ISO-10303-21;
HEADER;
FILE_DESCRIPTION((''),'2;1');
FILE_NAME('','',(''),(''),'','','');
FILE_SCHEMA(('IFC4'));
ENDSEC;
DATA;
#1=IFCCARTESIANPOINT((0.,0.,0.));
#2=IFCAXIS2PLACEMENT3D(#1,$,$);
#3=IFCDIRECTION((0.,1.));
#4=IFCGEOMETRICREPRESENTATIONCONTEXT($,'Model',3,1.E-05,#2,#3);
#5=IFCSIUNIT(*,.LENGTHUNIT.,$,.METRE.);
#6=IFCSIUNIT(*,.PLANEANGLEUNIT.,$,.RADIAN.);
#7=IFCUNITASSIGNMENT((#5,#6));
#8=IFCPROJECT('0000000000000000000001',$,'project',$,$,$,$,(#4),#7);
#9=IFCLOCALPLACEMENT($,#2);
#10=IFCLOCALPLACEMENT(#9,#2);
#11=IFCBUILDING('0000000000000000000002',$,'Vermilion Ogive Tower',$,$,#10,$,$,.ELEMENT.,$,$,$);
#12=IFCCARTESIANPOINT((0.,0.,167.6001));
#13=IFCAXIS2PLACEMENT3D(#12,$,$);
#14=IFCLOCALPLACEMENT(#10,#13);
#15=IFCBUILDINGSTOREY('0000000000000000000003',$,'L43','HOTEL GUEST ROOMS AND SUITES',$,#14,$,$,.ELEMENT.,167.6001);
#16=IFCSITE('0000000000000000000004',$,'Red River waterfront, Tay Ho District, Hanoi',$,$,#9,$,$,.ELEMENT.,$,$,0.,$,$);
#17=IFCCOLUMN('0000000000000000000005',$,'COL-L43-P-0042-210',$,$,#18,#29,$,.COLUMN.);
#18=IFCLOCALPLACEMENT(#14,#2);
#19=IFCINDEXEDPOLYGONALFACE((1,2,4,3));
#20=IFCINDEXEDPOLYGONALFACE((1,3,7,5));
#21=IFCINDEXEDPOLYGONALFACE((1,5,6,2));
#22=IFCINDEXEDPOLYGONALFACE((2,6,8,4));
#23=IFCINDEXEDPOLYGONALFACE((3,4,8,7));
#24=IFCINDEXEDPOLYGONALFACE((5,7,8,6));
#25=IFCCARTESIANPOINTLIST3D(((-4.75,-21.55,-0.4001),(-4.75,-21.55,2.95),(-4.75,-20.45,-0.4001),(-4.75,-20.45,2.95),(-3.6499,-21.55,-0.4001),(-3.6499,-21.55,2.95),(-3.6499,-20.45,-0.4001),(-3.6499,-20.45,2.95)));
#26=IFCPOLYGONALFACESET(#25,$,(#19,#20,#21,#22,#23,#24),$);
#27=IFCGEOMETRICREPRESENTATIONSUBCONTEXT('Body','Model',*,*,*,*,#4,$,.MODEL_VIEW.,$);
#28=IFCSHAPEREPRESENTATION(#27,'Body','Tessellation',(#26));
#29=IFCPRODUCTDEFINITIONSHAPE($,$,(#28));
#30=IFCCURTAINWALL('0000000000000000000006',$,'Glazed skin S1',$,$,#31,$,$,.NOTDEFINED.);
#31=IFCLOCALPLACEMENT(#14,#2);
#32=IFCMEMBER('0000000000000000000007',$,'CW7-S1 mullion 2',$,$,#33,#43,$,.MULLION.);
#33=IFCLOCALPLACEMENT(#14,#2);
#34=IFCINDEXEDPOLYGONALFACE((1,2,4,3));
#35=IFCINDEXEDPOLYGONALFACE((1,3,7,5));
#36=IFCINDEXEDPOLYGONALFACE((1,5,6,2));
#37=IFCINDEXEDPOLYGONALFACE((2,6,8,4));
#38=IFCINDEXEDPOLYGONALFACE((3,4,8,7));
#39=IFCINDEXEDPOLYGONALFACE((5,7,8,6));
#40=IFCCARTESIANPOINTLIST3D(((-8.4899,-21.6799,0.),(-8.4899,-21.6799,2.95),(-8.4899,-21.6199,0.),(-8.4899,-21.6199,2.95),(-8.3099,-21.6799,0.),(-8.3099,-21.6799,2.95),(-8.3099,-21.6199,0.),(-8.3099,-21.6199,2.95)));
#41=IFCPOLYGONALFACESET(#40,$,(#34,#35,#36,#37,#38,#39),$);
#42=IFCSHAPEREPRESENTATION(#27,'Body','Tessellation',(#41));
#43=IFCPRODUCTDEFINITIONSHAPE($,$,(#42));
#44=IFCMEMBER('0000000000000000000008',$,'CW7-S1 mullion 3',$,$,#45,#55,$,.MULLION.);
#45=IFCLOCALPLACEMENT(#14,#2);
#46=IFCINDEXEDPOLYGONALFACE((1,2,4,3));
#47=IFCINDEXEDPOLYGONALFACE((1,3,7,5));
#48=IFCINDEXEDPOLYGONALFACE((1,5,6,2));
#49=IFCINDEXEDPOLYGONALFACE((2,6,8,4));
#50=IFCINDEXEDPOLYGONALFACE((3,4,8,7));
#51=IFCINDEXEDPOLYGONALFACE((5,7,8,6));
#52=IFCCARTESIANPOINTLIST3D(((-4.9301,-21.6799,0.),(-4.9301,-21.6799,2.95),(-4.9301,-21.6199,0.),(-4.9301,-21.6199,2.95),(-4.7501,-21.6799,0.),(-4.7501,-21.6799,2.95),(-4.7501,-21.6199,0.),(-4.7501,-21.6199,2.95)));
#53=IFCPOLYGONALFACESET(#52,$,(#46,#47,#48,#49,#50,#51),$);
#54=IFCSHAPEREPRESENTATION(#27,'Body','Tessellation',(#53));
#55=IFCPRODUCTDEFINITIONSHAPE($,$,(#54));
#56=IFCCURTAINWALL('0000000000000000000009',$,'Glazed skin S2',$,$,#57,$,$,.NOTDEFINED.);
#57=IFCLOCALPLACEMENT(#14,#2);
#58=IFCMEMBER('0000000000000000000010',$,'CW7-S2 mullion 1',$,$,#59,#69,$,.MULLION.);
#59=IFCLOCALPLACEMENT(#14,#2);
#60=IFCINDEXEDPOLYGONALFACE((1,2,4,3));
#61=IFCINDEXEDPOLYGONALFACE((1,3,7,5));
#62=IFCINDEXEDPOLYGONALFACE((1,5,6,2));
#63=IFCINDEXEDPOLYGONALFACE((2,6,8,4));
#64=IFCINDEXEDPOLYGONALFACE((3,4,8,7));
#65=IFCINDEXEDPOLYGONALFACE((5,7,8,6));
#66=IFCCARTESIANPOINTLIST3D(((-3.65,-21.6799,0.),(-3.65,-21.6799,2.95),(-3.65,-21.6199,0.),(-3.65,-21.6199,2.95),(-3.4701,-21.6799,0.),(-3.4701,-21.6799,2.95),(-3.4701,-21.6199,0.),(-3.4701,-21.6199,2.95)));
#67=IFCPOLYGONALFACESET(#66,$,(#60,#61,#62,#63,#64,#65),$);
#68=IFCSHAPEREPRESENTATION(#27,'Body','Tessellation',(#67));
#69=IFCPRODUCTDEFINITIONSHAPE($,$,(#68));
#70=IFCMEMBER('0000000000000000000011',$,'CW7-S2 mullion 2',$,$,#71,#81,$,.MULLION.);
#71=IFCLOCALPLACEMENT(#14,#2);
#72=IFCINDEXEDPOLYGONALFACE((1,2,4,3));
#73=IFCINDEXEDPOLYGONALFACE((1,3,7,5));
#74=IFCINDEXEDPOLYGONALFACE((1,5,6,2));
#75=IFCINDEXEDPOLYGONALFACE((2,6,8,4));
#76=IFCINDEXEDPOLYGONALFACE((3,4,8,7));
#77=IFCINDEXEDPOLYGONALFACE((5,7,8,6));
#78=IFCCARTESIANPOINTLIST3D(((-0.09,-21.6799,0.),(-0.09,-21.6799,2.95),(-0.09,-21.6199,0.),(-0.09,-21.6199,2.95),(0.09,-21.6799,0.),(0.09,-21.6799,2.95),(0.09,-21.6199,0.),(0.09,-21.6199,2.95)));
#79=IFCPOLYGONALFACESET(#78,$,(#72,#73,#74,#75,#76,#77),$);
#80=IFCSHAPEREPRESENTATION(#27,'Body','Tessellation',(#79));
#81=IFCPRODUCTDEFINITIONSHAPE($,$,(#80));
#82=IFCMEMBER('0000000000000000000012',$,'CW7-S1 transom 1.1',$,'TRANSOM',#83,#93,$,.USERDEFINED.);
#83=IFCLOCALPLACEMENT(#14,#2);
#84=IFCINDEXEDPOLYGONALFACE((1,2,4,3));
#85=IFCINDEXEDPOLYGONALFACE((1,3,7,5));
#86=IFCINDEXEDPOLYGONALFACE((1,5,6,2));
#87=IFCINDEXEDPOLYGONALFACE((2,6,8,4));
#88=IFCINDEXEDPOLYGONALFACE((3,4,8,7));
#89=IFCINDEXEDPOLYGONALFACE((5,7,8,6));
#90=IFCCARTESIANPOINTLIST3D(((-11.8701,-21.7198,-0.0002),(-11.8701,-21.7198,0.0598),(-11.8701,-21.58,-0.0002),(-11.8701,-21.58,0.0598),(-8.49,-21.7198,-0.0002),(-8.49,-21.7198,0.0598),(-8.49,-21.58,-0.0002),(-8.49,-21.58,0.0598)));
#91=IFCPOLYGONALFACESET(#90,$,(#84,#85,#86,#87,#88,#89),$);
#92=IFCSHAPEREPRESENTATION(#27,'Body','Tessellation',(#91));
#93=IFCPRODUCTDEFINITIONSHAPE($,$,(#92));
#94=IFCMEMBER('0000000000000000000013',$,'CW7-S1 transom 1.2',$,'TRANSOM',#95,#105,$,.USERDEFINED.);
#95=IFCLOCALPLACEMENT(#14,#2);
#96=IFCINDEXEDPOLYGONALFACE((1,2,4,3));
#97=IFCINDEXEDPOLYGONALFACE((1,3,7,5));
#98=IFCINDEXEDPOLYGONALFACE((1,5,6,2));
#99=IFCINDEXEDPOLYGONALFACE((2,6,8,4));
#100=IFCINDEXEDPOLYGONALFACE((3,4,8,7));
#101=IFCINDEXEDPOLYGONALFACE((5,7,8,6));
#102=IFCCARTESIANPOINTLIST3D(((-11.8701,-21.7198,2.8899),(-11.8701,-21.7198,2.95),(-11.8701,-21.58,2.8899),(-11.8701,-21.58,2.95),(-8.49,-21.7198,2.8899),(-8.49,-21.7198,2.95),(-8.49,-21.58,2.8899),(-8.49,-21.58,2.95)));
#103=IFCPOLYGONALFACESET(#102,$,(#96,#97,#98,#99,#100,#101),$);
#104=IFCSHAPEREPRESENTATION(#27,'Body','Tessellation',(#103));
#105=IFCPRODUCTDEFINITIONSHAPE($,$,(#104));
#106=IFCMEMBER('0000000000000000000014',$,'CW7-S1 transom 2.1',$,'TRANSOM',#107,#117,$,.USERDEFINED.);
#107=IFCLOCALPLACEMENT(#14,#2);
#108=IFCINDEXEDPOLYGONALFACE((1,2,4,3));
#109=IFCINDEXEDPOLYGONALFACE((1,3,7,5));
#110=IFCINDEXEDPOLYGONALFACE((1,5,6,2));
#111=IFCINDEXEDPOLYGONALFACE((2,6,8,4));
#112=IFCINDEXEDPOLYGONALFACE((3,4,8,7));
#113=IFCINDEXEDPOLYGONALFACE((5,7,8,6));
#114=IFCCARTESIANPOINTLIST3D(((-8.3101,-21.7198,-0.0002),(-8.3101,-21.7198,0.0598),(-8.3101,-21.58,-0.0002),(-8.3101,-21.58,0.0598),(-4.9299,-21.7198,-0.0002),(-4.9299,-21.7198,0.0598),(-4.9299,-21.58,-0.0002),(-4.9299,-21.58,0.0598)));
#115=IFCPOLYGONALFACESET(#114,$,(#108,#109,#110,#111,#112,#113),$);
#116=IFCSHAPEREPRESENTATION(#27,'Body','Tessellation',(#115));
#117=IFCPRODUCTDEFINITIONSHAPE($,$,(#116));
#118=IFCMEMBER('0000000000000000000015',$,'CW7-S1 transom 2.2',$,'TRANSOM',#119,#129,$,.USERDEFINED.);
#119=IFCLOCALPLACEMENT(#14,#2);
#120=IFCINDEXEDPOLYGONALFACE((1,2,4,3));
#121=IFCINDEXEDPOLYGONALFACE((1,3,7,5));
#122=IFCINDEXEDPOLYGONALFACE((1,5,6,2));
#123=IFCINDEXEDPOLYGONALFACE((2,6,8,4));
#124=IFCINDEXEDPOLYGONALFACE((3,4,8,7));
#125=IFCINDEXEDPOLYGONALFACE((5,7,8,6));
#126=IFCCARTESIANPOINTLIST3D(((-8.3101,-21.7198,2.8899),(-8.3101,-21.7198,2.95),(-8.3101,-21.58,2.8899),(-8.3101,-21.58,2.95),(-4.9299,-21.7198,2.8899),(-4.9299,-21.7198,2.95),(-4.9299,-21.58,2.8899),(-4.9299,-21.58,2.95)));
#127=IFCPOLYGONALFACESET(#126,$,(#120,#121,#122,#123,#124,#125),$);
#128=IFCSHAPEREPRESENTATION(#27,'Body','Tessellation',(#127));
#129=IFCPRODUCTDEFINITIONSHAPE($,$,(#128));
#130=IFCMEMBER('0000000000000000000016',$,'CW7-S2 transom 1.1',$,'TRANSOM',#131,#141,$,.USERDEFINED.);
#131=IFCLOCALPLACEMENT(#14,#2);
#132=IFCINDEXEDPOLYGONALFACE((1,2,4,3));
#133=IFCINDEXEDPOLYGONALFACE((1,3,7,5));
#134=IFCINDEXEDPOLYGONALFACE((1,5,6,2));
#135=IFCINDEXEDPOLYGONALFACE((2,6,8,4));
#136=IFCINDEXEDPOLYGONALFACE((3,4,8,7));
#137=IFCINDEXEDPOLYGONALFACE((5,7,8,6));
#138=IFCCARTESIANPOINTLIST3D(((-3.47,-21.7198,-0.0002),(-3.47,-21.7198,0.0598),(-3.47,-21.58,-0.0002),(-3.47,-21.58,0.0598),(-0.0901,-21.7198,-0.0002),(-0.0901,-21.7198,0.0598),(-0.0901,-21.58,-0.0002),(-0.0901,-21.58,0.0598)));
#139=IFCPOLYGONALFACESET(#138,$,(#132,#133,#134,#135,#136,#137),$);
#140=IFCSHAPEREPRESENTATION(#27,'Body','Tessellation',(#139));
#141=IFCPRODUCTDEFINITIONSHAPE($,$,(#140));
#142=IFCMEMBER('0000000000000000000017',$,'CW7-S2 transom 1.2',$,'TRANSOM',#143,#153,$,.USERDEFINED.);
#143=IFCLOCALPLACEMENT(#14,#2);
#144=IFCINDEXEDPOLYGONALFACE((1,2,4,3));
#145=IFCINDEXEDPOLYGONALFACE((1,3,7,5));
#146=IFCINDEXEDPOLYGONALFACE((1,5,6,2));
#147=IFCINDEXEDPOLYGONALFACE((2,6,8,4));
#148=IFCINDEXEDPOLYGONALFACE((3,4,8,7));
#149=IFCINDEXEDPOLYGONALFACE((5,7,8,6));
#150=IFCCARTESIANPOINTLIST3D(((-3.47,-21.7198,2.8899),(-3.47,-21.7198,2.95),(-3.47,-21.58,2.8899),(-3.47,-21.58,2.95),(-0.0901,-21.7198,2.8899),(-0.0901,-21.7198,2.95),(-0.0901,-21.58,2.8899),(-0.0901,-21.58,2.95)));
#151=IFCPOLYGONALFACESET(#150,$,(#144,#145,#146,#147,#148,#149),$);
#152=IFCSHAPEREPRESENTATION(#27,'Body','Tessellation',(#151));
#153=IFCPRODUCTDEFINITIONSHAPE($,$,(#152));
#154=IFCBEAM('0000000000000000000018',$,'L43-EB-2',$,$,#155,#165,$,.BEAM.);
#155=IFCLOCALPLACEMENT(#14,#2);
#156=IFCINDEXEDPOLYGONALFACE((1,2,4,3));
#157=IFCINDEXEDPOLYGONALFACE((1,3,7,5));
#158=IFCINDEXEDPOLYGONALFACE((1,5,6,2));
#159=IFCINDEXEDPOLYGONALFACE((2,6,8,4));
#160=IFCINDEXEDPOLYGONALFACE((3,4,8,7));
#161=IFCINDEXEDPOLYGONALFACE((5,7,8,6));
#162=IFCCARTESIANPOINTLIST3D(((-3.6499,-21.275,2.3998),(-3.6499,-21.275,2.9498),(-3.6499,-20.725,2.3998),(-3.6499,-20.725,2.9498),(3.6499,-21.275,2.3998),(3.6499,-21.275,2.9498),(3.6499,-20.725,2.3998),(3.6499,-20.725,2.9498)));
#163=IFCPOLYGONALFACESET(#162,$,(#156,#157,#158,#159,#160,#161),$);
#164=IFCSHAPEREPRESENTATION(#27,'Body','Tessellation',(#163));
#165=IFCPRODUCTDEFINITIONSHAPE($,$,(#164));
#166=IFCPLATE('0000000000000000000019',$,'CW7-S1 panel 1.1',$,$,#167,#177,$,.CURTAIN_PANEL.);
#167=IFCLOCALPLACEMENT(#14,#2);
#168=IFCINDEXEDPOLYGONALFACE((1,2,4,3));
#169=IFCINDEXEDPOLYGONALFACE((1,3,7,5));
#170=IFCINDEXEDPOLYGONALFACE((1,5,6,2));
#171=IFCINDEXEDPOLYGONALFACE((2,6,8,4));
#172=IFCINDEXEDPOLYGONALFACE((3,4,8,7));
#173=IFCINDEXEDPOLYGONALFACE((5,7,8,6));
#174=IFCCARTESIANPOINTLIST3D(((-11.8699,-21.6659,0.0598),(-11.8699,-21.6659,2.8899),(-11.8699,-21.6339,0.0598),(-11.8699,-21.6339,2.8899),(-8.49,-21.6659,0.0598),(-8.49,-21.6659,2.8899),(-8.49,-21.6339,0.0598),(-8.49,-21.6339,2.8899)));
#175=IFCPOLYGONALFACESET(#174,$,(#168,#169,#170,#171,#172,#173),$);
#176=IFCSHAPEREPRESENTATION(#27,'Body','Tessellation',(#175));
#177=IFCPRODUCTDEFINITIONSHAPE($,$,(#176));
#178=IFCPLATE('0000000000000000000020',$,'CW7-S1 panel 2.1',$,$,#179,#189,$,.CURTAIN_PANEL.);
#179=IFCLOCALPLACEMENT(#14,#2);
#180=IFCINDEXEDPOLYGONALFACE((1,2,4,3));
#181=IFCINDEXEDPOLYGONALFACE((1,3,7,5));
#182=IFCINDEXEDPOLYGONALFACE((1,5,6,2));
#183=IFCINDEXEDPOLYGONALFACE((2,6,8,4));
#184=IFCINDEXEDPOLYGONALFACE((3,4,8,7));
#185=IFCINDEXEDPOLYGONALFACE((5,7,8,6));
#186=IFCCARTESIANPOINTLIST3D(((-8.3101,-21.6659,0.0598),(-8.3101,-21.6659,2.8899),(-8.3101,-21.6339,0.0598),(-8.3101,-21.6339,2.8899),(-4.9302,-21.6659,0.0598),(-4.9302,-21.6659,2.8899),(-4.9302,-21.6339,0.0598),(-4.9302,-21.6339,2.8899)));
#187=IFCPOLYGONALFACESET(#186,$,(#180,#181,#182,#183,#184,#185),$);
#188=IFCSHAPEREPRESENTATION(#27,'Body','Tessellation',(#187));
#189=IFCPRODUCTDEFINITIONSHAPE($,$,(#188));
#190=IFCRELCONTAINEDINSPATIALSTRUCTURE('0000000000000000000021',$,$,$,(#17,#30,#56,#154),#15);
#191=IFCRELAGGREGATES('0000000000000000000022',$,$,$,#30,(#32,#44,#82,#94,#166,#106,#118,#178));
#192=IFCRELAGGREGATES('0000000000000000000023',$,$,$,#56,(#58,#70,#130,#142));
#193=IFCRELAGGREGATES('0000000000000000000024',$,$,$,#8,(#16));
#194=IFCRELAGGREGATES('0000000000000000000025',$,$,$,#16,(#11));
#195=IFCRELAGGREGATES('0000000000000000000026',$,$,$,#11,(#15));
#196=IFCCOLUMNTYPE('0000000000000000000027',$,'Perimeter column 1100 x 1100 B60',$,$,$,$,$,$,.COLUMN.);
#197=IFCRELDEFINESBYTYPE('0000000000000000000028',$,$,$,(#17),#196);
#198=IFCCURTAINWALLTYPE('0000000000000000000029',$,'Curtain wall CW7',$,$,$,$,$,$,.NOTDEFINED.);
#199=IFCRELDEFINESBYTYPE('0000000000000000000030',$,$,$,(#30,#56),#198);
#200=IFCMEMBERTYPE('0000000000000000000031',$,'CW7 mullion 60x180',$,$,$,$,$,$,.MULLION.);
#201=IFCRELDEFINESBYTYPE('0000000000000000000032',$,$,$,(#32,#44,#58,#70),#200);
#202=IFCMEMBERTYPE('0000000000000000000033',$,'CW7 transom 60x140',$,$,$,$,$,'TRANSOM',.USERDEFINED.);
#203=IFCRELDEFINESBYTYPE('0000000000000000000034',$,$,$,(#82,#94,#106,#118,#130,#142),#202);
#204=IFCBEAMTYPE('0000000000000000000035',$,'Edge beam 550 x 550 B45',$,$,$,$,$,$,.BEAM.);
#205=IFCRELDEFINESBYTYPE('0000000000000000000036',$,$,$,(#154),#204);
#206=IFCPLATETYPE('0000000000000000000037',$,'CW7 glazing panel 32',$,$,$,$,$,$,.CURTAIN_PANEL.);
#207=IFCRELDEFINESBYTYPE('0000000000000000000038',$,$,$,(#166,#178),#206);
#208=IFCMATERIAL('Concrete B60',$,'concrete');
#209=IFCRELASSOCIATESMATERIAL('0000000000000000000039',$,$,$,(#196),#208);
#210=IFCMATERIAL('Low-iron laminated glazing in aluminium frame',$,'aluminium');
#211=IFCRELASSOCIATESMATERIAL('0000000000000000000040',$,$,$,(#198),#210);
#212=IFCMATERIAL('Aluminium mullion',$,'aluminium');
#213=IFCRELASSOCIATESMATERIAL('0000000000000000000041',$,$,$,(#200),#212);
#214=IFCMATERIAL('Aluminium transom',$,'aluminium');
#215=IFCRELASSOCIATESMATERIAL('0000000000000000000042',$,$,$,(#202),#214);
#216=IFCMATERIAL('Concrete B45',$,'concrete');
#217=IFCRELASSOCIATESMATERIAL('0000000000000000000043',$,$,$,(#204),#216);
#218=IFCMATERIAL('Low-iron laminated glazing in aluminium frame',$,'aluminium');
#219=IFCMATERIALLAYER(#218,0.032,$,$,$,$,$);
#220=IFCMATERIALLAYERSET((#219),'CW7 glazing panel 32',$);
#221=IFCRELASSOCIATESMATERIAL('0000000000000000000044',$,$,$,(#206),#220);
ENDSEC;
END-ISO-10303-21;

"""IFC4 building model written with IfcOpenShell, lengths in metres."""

from ifc_helpers import new_model, si_unit, direction, frame, origin, origin_2d, place, context, subcontext, project, spatial, rectangle, extrude, material, layer, layer_set, material_profile, profile_set, type_object, element, aggregate, save


model = new_model("IFC4")

# Units and contexts
model_context = context("Model", 3, precision=1e-05, world=origin(), true_north=direction((0.0, 1.0)))
body_context = subcontext(model_context, "Body", "Model", "MODEL_VIEW")
ifc_project = project(units=[si_unit("LENGTHUNIT", "METRE"), si_unit("PLANEANGLEUNIT", "RADIAN")], contexts=[model_context])

# Site, building, storey
site_placement = place(None, origin())
site = spatial("IfcSite", under=ifc_project, at=site_placement, Name="Red River waterfront, Tay Ho District, Hanoi", CompositionType="ELEMENT", RefElevation=0.0)
building_placement = place(site_placement, origin())
building = spatial("IfcBuilding", under=site, at=building_placement, Name="Vermilion Ogive Tower", CompositionType="ELEMENT")
storey_placement = place(building_placement, frame((0.0, 0.0, 167.6001)))
storey = spatial("IfcBuildingStorey", under=building, at=storey_placement, Name="L43", Description="HOTEL GUEST ROOMS AND SUITES", CompositionType="ELEMENT", Elevation=167.6001)

# Column
ifc_material_1 = material(Name="Concrete B60", Category="concrete")
ifc_material_profile_1 = material_profile(ifc_material_1, rectangle(XDim=1.1001, YDim=1.1001, at=origin_2d()), Name="1100 x 1100")
ifc_profile_set_1 = profile_set([ifc_material_profile_1], Name="Concrete B60")
column_type = type_object("IfcColumnType", Name="Perimeter column 1100 x 1100 B60", PredefinedType="COLUMN", material=ifc_profile_set_1)
column_placement = place(storey_placement, frame((-4.2, -21.0, -0.4001), z_axis=(0.0, 0.0, 1.0), x_axis=(1.0, 0.0, 0.0)))
element("IfcColumn", 1, at=column_placement, inside=storey, type_object=column_type, Name="COL-L43-P-0042-210", PredefinedType="COLUMN", context=body_context, shape_type="SweptSolid", body=[
    extrude(rectangle(XDim=1.1001, YDim=1.1001, at=origin_2d()), origin(), (0.0, 0.0, 1.0), 3.3501),
])

# Curtain walls, members
ifc_material_2 = material(Name="Low-iron laminated glazing in aluminium frame", Category="aluminium")
curtain_wall_type = type_object("IfcCurtainWallType", Name="Curtain wall CW7", PredefinedType="NOTDEFINED", material=ifc_material_2)
curtain_wall_1_placement = place(storey_placement, origin())
curtain_wall_1 = element("IfcCurtainWall", 2, at=curtain_wall_1_placement, inside=storey, type_object=curtain_wall_type, Name="Glazed skin S1", PredefinedType="NOTDEFINED")
ifc_material_3 = material(Name="Aluminium mullion", Category="aluminium")
ifc_material_profile_2 = material_profile(ifc_material_3, rectangle(XDim=0.0601, YDim=0.1799, at=origin_2d()), Name="AL 60x180")
ifc_profile_set_2 = profile_set([ifc_material_profile_2], Name="Aluminium mullion")
member_type_1 = type_object("IfcMemberType", Name="CW7 mullion 60x180", PredefinedType="MULLION", material=ifc_profile_set_2)
member_1_placement = place(storey_placement, frame((-8.3999, -21.6499, 0.0), z_axis=(0.0, 0.0, 1.0), x_axis=(0.0, 1.0, 0.0)))
member_1 = element("IfcMember", 3, at=member_1_placement, type_object=member_type_1, Name="CW7-S1 mullion 2", PredefinedType="MULLION", context=body_context, shape_type="SweptSolid", body=[
    extrude(rectangle(XDim=0.0601, YDim=0.1799, at=origin_2d()), origin(), (0.0, 0.0, 1.0), 2.95),
])
member_2_placement = place(storey_placement, frame((-4.8401, -21.6499, 0.0), z_axis=(0.0, 0.0, 1.0), x_axis=(0.0, 1.0, 0.0)))
member_2 = element("IfcMember", 4, at=member_2_placement, type_object=member_type_1, Name="CW7-S1 mullion 3", PredefinedType="MULLION", context=body_context, shape_type="SweptSolid", body=[
    extrude(rectangle(XDim=0.0601, YDim=0.1799, at=origin_2d()), origin(), (0.0, 0.0, 1.0), 2.95),
])
curtain_wall_2_placement = place(storey_placement, origin())
curtain_wall_2 = element("IfcCurtainWall", 5, at=curtain_wall_2_placement, inside=storey, type_object=curtain_wall_type, Name="Glazed skin S2", PredefinedType="NOTDEFINED")
member_3_placement = place(storey_placement, frame((-3.5601, -21.6499, 0.0), z_axis=(0.0, 0.0, 1.0), x_axis=(0.0, 1.0, 0.0)))
member_3 = element("IfcMember", 6, at=member_3_placement, type_object=member_type_1, Name="CW7-S2 mullion 1", PredefinedType="MULLION", context=body_context, shape_type="SweptSolid", body=[
    extrude(rectangle(XDim=0.0601, YDim=0.1799, at=origin_2d()), origin(), (0.0, 0.0, 1.0), 2.95),
])
member_4_placement = place(storey_placement, frame((0.0, -21.6499, 0.0), z_axis=(0.0, 0.0, 1.0), x_axis=(0.0, 1.0, 0.0)))
member_4 = element("IfcMember", 7, at=member_4_placement, type_object=member_type_1, Name="CW7-S2 mullion 2", PredefinedType="MULLION", context=body_context, shape_type="SweptSolid", body=[
    extrude(rectangle(XDim=0.0601, YDim=0.1799, at=origin_2d()), origin(), (0.0, 0.0, 1.0), 2.95),
])

# Members
ifc_material_4 = material(Name="Aluminium transom", Category="aluminium")
ifc_material_profile_3 = material_profile(ifc_material_4, rectangle(XDim=0.1399, YDim=0.0601, at=origin_2d()), Name="AL 60x140")
ifc_profile_set_3 = profile_set([ifc_material_profile_3], Name="Aluminium transom")
member_type_2 = type_object("IfcMemberType", Name="CW7 transom 60x140", ElementType="TRANSOM", PredefinedType="USERDEFINED", material=ifc_profile_set_3)
member_5_placement = place(storey_placement, frame((-11.8701, -21.6499, 0.0298), z_axis=(1.0, 0.0, 0.0), x_axis=(0.0, 1.0, 0.0)))
member_5 = element("IfcMember", 8, at=member_5_placement, type_object=member_type_2, Name="CW7-S1 transom 1.1", ObjectType="TRANSOM", PredefinedType="USERDEFINED", context=body_context, shape_type="SweptSolid", body=[
    extrude(rectangle(XDim=0.1399, YDim=0.0601, at=origin_2d()), origin(), (0.0, 0.0, 1.0), 3.3801),
])
member_6_placement = place(storey_placement, frame((-11.8701, -21.6499, 2.9199), z_axis=(1.0, 0.0, 0.0), x_axis=(0.0, 1.0, 0.0)))
member_6 = element("IfcMember", 9, at=member_6_placement, type_object=member_type_2, Name="CW7-S1 transom 1.2", ObjectType="TRANSOM", PredefinedType="USERDEFINED", context=body_context, shape_type="SweptSolid", body=[
    extrude(rectangle(XDim=0.1399, YDim=0.0601, at=origin_2d()), origin(), (0.0, 0.0, 1.0), 3.3801),
])
member_7_placement = place(storey_placement, frame((-8.3101, -21.6499, 0.0298), z_axis=(1.0, 0.0, 0.0), x_axis=(0.0, 1.0, 0.0)))
member_7 = element("IfcMember", 10, at=member_7_placement, type_object=member_type_2, Name="CW7-S1 transom 2.1", ObjectType="TRANSOM", PredefinedType="USERDEFINED", context=body_context, shape_type="SweptSolid", body=[
    extrude(rectangle(XDim=0.1399, YDim=0.0601, at=origin_2d()), origin(), (0.0, 0.0, 1.0), 3.3801),
])
member_8_placement = place(storey_placement, frame((-8.3101, -21.6499, 2.9199), z_axis=(1.0, 0.0, 0.0), x_axis=(0.0, 1.0, 0.0)))
member_8 = element("IfcMember", 11, at=member_8_placement, type_object=member_type_2, Name="CW7-S1 transom 2.2", ObjectType="TRANSOM", PredefinedType="USERDEFINED", context=body_context, shape_type="SweptSolid", body=[
    extrude(rectangle(XDim=0.1399, YDim=0.0601, at=origin_2d()), origin(), (0.0, 0.0, 1.0), 3.3801),
])
member_9_placement = place(storey_placement, frame((-3.47, -21.6499, 0.0298), z_axis=(1.0, 0.0, 0.0), x_axis=(0.0, 1.0, 0.0)))
member_9 = element("IfcMember", 12, at=member_9_placement, type_object=member_type_2, Name="CW7-S2 transom 1.1", ObjectType="TRANSOM", PredefinedType="USERDEFINED", context=body_context, shape_type="SweptSolid", body=[
    extrude(rectangle(XDim=0.1399, YDim=0.0601, at=origin_2d()), origin(), (0.0, 0.0, 1.0), 3.3799),
])
member_10_placement = place(storey_placement, frame((-3.47, -21.6499, 2.9199), z_axis=(1.0, 0.0, 0.0), x_axis=(0.0, 1.0, 0.0)))
member_10 = element("IfcMember", 13, at=member_10_placement, type_object=member_type_2, Name="CW7-S2 transom 1.2", ObjectType="TRANSOM", PredefinedType="USERDEFINED", context=body_context, shape_type="SweptSolid", body=[
    extrude(rectangle(XDim=0.1399, YDim=0.0601, at=origin_2d()), origin(), (0.0, 0.0, 1.0), 3.3799),
])

# Beam
ifc_material_5 = material(Name="Concrete B45", Category="concrete")
ifc_material_profile_4 = material_profile(ifc_material_5, rectangle(XDim=0.55, YDim=0.55, at=origin_2d()), Name="550 x 550")
ifc_profile_set_4 = profile_set([ifc_material_profile_4], Name="Concrete B45")
beam_type = type_object("IfcBeamType", Name="Edge beam 550 x 550 B45", PredefinedType="BEAM", material=ifc_profile_set_4)
beam_placement = place(storey_placement, frame((-3.6499, -21.0, 2.6748), z_axis=(1.0, 0.0, 0.0), x_axis=(0.0, 1.0, 0.0)))
element("IfcBeam", 14, at=beam_placement, inside=storey, type_object=beam_type, Name="L43-EB-2", PredefinedType="BEAM", context=body_context, shape_type="SweptSolid", body=[
    extrude(rectangle(XDim=0.55, YDim=0.55, at=origin_2d()), origin(), (0.0, 0.0, 1.0), 7.2998),
])

# Plates
ifc_material_6 = material(Name="Low-iron laminated glazing in aluminium frame", Category="aluminium")
ifc_layer_1 = layer(ifc_material_6, 0.032)
ifc_layer_set_1 = layer_set([ifc_layer_1], Name="CW7 glazing panel 32")
plate_type = type_object("IfcPlateType", Name="CW7 glazing panel 32", PredefinedType="CURTAIN_PANEL", material=ifc_layer_set_1)
plate_1_placement = place(storey_placement, frame((-10.1799, -21.6499, 0.0598), z_axis=(0.0, 0.0, 1.0), x_axis=(1.0, 0.0, 0.0)))
plate_1 = element("IfcPlate", 15, at=plate_1_placement, type_object=plate_type, Name="CW7-S1 panel 1.1", PredefinedType="CURTAIN_PANEL", context=body_context, shape_type="SweptSolid", body=[
    extrude(rectangle(XDim=3.3799, YDim=0.032, at=origin_2d()), origin(), (0.0, 0.0, 1.0), 2.8301),
])
plate_2_placement = place(storey_placement, frame((-6.6201, -21.6499, 0.0598), z_axis=(0.0, 0.0, 1.0), x_axis=(1.0, 0.0, 0.0)))
plate_2 = element("IfcPlate", 16, at=plate_2_placement, type_object=plate_type, Name="CW7-S1 panel 2.1", PredefinedType="CURTAIN_PANEL", context=body_context, shape_type="SweptSolid", body=[
    extrude(rectangle(XDim=3.3799, YDim=0.032, at=origin_2d()), origin(), (0.0, 0.0, 1.0), 2.8301),
])
aggregate(curtain_wall_1, [member_1, member_2, member_5, member_6, plate_1, member_7, member_8, plate_2])
aggregate(curtain_wall_2, [member_3, member_4, member_9, member_10])

save(model, "model.ifc")
